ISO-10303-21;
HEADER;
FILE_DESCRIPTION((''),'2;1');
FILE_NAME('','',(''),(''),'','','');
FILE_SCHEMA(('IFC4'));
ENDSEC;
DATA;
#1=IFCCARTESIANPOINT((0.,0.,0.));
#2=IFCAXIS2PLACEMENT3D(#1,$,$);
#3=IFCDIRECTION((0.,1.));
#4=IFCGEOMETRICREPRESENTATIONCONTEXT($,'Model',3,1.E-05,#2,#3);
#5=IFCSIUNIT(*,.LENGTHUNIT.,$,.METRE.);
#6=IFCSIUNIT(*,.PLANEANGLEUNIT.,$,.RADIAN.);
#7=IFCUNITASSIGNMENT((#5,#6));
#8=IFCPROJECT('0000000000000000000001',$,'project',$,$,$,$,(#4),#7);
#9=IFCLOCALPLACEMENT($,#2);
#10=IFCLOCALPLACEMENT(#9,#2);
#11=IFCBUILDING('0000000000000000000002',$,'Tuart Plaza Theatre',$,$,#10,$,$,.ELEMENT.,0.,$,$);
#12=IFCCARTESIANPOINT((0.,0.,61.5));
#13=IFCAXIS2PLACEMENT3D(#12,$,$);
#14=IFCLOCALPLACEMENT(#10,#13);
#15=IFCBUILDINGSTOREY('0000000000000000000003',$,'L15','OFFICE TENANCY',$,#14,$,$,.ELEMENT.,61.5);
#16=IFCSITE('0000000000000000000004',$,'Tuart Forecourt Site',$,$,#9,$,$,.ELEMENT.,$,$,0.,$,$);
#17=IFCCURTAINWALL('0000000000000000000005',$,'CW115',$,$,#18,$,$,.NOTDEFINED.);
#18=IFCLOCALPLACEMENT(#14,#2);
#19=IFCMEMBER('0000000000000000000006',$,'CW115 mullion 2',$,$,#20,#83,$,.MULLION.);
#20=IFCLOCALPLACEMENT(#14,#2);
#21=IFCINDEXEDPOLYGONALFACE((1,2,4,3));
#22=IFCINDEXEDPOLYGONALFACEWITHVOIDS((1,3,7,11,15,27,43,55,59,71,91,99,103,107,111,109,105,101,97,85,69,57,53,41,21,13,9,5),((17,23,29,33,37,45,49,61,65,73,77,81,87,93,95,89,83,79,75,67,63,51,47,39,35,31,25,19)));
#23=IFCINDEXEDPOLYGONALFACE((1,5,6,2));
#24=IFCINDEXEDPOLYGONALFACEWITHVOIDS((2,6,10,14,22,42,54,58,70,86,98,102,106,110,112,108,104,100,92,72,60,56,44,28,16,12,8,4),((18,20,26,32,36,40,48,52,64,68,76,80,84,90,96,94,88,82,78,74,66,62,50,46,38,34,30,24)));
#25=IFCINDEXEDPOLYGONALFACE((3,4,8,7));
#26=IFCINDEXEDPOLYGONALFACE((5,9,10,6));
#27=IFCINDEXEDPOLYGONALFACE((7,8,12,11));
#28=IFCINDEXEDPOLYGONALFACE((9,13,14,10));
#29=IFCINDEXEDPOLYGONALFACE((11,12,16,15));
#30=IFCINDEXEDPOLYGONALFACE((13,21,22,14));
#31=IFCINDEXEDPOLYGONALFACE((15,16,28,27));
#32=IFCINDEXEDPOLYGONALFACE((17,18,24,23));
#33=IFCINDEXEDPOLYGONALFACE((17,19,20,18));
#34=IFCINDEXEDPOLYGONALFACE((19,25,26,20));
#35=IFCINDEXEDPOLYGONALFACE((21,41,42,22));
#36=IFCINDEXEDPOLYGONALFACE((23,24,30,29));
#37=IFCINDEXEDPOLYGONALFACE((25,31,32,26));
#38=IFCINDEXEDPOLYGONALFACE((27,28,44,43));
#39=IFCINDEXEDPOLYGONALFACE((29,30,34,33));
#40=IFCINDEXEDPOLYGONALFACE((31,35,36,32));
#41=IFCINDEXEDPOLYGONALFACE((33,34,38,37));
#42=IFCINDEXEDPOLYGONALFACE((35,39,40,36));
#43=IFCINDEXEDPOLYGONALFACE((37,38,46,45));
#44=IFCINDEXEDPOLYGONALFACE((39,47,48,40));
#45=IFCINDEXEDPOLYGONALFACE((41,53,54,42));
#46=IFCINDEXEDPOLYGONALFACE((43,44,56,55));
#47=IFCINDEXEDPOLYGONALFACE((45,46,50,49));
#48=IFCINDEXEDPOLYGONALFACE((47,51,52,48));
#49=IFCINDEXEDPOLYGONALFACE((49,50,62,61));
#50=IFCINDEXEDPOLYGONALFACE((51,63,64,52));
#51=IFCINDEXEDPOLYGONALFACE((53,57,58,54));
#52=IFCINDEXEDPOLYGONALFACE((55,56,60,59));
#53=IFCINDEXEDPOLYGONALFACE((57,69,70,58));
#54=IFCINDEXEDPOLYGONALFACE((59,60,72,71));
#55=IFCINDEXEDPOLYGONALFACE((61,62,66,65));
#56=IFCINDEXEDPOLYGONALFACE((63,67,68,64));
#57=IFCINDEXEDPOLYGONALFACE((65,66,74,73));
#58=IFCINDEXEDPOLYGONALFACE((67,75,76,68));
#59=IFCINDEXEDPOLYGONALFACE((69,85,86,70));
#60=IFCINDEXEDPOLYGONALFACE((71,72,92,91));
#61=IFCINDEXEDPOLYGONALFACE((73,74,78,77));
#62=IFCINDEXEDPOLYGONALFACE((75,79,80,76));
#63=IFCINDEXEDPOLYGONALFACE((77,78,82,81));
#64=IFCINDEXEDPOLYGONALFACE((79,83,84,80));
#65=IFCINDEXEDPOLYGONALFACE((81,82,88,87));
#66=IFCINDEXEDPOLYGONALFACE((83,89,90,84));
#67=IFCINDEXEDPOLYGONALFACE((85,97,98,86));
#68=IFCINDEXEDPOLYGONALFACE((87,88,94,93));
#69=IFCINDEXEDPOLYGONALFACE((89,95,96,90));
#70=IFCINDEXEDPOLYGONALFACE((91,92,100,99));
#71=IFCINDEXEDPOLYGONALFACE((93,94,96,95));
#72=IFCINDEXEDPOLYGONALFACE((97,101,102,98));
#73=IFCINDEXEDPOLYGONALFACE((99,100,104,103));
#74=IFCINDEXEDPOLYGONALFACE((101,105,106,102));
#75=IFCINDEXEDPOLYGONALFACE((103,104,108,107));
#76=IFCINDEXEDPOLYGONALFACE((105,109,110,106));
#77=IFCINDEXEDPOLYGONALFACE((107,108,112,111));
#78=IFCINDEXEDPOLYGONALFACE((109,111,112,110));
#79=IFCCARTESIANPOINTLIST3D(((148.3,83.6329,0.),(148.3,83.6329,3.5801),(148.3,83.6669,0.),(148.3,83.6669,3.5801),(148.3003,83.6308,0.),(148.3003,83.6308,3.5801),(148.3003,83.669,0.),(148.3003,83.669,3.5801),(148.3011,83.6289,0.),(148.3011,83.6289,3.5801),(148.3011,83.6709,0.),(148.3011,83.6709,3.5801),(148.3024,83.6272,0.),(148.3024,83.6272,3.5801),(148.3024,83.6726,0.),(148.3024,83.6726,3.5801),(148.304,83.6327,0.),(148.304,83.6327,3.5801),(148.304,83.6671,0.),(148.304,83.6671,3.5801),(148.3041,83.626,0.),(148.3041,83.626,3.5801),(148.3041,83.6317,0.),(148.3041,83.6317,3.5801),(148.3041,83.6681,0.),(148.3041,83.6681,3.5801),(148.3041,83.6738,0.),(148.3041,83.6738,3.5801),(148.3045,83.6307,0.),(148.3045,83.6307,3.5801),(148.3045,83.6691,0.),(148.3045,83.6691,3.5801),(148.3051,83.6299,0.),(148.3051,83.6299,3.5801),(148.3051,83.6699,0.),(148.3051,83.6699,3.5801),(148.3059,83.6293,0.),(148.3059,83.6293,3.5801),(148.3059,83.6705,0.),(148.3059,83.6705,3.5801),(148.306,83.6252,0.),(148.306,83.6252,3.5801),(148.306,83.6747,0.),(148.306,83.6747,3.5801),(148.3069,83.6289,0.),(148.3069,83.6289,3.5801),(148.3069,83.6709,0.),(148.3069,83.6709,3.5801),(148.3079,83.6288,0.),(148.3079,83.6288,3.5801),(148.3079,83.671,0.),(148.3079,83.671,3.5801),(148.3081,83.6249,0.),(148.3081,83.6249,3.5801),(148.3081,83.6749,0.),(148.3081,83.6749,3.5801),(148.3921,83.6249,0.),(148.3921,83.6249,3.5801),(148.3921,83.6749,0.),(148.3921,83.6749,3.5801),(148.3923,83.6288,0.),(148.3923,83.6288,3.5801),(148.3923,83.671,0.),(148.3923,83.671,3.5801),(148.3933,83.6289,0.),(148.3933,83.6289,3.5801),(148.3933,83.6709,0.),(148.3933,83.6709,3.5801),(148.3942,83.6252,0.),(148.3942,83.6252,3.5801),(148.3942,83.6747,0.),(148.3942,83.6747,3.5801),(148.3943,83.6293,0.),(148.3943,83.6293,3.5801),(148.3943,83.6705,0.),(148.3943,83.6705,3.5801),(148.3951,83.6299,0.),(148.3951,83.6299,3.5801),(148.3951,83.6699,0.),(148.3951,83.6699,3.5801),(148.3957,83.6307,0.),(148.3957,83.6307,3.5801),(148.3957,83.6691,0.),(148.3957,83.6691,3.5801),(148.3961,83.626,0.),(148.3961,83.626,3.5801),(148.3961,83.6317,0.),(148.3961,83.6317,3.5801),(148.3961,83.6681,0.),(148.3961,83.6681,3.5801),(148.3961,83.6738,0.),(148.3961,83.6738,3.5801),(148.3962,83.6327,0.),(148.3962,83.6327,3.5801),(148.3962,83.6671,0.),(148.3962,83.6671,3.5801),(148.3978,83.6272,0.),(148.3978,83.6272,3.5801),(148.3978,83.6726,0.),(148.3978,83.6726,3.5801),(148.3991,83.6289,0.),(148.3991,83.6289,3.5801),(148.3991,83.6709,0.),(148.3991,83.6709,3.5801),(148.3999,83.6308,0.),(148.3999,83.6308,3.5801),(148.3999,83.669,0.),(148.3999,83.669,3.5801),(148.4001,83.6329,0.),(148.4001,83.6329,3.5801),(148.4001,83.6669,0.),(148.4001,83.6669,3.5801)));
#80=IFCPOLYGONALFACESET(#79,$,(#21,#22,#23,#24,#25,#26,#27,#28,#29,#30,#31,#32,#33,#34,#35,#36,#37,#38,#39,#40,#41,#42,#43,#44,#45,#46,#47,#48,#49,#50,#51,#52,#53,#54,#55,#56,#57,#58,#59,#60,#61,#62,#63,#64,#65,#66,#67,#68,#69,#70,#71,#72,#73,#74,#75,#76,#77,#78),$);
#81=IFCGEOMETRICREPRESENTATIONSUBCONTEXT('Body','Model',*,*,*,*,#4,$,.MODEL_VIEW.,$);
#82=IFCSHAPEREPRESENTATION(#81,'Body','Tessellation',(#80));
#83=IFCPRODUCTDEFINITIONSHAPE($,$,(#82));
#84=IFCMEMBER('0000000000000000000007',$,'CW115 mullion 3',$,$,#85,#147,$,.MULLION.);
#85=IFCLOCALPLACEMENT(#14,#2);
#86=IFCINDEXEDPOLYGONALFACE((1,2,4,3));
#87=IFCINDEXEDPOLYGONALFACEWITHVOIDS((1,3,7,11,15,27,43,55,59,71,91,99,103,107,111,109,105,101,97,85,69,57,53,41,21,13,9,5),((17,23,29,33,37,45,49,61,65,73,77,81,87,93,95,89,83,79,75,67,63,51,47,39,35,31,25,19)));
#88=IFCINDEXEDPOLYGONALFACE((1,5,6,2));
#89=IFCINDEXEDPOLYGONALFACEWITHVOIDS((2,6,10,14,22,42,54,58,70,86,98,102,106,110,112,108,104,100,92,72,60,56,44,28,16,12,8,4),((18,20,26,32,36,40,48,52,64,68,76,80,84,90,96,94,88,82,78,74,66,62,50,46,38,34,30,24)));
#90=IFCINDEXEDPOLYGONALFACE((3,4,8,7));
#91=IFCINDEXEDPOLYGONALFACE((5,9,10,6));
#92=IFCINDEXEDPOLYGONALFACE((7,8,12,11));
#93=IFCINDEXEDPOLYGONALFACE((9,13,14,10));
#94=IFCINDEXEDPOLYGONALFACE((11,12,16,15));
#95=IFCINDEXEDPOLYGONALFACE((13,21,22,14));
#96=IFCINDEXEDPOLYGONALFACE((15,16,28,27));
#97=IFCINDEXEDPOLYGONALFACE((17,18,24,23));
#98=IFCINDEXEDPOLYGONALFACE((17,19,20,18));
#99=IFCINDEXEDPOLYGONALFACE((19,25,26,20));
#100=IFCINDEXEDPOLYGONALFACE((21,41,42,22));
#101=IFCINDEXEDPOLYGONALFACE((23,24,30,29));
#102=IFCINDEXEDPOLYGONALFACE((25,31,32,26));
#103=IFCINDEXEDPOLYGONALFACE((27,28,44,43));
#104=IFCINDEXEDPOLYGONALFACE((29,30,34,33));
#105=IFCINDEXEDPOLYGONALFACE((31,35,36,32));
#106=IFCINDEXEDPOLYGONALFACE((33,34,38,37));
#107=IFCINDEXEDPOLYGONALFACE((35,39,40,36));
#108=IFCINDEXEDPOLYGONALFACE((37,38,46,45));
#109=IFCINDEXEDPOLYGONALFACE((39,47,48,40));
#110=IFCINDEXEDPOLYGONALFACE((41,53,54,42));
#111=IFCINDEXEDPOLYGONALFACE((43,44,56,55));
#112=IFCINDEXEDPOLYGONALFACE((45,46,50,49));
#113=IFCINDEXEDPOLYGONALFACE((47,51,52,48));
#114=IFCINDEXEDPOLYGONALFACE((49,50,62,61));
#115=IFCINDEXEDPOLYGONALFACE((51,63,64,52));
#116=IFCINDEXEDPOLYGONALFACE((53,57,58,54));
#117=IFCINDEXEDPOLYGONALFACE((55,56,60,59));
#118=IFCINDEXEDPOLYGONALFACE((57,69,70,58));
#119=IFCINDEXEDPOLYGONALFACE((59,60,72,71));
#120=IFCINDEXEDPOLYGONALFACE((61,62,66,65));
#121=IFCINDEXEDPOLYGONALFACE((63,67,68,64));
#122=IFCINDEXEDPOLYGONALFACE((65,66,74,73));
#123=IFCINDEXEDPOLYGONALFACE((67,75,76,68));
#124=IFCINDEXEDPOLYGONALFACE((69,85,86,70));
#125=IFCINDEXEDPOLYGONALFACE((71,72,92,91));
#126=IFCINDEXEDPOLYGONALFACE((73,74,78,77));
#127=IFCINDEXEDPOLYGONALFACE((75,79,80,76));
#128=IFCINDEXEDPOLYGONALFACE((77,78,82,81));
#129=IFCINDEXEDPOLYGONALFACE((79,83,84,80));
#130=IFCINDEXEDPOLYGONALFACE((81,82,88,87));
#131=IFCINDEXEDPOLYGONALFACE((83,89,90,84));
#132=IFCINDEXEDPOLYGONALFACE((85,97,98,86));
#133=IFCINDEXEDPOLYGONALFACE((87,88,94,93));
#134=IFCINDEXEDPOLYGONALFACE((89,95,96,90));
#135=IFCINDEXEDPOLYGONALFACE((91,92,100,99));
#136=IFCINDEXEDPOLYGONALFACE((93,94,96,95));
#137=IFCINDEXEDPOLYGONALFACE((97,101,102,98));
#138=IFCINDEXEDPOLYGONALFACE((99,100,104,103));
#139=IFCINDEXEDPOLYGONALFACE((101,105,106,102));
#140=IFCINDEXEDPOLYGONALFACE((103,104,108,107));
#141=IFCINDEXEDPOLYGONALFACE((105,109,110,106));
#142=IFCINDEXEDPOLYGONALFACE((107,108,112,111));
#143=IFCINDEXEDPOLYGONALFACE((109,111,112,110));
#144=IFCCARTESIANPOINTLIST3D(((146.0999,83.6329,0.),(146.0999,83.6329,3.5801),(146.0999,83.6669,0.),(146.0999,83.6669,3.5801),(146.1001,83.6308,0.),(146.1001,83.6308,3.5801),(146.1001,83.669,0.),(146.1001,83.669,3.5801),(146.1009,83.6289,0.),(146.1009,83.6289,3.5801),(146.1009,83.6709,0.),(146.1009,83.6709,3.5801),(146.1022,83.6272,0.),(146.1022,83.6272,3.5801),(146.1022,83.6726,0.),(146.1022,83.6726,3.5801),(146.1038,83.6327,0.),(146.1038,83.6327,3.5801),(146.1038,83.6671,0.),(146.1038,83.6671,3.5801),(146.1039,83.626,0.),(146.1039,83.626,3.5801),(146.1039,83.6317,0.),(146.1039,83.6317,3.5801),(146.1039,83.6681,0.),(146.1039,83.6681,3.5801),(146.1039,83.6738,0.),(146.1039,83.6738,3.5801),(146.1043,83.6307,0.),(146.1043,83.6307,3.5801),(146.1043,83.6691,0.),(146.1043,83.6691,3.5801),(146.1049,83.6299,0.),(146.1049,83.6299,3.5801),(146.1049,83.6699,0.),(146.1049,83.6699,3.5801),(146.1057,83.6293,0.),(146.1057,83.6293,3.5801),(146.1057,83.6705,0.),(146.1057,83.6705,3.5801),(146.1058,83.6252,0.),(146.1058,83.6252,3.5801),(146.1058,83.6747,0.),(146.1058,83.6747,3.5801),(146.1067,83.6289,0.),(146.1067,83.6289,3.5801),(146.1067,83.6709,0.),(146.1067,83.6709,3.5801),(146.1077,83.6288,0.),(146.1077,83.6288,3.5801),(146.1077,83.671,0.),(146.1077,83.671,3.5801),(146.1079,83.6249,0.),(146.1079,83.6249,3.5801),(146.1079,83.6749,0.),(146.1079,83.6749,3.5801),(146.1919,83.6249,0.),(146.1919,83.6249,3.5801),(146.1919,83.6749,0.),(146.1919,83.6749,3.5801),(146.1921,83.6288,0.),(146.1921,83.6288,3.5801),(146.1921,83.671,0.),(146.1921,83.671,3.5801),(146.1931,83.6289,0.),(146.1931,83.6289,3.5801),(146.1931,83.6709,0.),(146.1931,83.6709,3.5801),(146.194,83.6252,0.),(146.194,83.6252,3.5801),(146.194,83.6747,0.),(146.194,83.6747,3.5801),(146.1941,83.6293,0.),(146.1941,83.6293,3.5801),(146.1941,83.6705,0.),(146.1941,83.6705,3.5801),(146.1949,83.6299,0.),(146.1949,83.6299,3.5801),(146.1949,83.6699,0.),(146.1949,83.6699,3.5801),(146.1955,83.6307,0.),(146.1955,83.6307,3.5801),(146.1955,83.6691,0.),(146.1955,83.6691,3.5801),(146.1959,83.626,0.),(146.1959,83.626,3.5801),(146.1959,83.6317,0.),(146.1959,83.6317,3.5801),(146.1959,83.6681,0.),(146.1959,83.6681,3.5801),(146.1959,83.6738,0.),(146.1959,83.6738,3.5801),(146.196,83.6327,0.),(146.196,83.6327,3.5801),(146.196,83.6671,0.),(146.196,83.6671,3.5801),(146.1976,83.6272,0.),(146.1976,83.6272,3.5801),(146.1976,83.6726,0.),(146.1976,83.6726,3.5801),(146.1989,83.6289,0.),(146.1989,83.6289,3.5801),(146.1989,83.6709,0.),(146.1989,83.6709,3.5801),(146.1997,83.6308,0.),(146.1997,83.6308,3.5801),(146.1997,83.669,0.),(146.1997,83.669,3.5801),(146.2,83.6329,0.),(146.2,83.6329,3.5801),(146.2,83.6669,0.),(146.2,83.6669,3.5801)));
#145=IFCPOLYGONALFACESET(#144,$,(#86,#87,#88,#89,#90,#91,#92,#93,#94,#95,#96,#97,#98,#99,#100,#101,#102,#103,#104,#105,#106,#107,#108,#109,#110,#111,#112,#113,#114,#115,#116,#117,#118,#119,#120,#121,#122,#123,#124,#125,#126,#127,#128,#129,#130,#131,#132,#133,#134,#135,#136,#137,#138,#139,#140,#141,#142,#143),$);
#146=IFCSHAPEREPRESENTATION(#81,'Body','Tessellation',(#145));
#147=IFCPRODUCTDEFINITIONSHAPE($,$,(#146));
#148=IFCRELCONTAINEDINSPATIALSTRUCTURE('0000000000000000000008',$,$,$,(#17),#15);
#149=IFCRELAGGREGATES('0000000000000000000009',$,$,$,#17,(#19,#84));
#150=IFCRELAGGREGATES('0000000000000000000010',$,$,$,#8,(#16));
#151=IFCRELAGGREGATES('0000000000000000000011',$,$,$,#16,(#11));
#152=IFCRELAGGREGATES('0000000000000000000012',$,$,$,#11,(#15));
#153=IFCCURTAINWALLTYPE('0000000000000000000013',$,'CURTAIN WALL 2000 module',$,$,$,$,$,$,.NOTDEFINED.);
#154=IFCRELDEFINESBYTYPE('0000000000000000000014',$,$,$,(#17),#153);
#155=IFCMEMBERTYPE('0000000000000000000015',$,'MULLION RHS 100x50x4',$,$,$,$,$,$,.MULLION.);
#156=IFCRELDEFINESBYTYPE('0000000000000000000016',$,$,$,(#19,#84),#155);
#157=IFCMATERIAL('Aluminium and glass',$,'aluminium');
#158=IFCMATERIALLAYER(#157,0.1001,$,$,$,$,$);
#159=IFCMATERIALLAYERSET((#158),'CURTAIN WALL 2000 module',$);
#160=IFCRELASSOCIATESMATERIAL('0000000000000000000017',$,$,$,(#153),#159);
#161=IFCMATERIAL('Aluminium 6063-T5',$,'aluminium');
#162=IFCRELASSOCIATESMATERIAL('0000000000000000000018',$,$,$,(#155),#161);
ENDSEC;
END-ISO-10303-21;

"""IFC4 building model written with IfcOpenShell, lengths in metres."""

from ifc_helpers import new_model, si_unit, direction, frame, origin, origin_2d, place, context, subcontext, project, spatial, hollow_rectangle, extrude, material, layer, layer_set, material_profile, profile_set, type_object, element, aggregate, save


model = new_model("IFC4")

# Units and contexts
model_context = context("Model", 3, precision=1e-05, world=origin(), true_north=direction((0.0, 1.0)))
body_context = subcontext(model_context, "Body", "Model", "MODEL_VIEW")
ifc_project = project(units=[si_unit("LENGTHUNIT", "METRE"), si_unit("PLANEANGLEUNIT", "RADIAN")], contexts=[model_context])

# Site, building, storey
site_placement = place(None, origin())
site = spatial("IfcSite", under=ifc_project, at=site_placement, Name="Tuart Forecourt Site", CompositionType="ELEMENT", RefElevation=0.0)
building_placement = place(site_placement, origin())
building = spatial("IfcBuilding", under=site, at=building_placement, Name="Tuart Plaza Theatre", CompositionType="ELEMENT", ElevationOfRefHeight=0.0)
storey_placement = place(building_placement, frame((0.0, 0.0, 61.5)))
storey = spatial("IfcBuildingStorey", under=building, at=storey_placement, Name="L15", Description="OFFICE TENANCY", CompositionType="ELEMENT", Elevation=61.5)

# Shared definitions
ifc_material_1 = material(Name="Aluminium and glass", Category="aluminium")
ifc_layer_1 = layer(ifc_material_1, 0.1001)
ifc_layer_set_1 = layer_set([ifc_layer_1], Name="CURTAIN WALL 2000 module")
curtain_wall_type = type_object("IfcCurtainWallType", Name="CURTAIN WALL 2000 module", PredefinedType="NOTDEFINED", material=ifc_layer_set_1)
ifc_material_2 = material(Name="Aluminium 6063-T5", Category="aluminium")
ifc_material_profile_1 = material_profile(ifc_material_2, hollow_rectangle(XDim=0.05, YDim=0.1001, WallThickness=0.0039, InnerFilletRadius=0.0039, OuterFilletRadius=0.0081, at=origin_2d()), Name="RHS 100x50x4")
ifc_profile_set_1 = profile_set([ifc_material_profile_1], Name="Aluminium 6063-T5")
member_type_1 = type_object("IfcMemberType", Name="MULLION RHS 100x50x4", PredefinedType="MULLION", material=ifc_profile_set_1)

# Curtain wall, members
curtain_wall_1_placement = place(storey_placement, origin())
curtain_wall_1 = element("IfcCurtainWall", 1, at=curtain_wall_1_placement, inside=storey, type_object=curtain_wall_type, Name="CW115", PredefinedType="NOTDEFINED")
member_1_placement = place(storey_placement, frame((148.3501, 83.6499, 0.0), z_axis=(0.0, 0.0, 1.0), x_axis=(0.0, -1.0, 0.0)))
member_1 = element("IfcMember", 2, at=member_1_placement, type_object=member_type_1, Name="CW115 mullion 2", PredefinedType="MULLION", context=body_context, shape_type="SweptSolid", body=[
    extrude(hollow_rectangle(XDim=0.05, YDim=0.1001, WallThickness=0.0039, InnerFilletRadius=0.0039, OuterFilletRadius=0.0081, at=origin_2d()), origin(), (0.0, 0.0, 1.0), 3.5801),
])
member_2_placement = place(storey_placement, frame((146.1499, 83.6499, 0.0), z_axis=(0.0, 0.0, 1.0), x_axis=(0.0, -1.0, 0.0)))
member_2 = element("IfcMember", 3, at=member_2_placement, type_object=member_type_1, Name="CW115 mullion 3", PredefinedType="MULLION", context=body_context, shape_type="SweptSolid", body=[
    extrude(hollow_rectangle(XDim=0.05, YDim=0.1001, WallThickness=0.0039, InnerFilletRadius=0.0039, OuterFilletRadius=0.0081, at=origin_2d()), origin(), (0.0, 0.0, 1.0), 3.5801),
])

aggregate(curtain_wall_1, [member_1, member_2])

save(model, "model.ifc")
